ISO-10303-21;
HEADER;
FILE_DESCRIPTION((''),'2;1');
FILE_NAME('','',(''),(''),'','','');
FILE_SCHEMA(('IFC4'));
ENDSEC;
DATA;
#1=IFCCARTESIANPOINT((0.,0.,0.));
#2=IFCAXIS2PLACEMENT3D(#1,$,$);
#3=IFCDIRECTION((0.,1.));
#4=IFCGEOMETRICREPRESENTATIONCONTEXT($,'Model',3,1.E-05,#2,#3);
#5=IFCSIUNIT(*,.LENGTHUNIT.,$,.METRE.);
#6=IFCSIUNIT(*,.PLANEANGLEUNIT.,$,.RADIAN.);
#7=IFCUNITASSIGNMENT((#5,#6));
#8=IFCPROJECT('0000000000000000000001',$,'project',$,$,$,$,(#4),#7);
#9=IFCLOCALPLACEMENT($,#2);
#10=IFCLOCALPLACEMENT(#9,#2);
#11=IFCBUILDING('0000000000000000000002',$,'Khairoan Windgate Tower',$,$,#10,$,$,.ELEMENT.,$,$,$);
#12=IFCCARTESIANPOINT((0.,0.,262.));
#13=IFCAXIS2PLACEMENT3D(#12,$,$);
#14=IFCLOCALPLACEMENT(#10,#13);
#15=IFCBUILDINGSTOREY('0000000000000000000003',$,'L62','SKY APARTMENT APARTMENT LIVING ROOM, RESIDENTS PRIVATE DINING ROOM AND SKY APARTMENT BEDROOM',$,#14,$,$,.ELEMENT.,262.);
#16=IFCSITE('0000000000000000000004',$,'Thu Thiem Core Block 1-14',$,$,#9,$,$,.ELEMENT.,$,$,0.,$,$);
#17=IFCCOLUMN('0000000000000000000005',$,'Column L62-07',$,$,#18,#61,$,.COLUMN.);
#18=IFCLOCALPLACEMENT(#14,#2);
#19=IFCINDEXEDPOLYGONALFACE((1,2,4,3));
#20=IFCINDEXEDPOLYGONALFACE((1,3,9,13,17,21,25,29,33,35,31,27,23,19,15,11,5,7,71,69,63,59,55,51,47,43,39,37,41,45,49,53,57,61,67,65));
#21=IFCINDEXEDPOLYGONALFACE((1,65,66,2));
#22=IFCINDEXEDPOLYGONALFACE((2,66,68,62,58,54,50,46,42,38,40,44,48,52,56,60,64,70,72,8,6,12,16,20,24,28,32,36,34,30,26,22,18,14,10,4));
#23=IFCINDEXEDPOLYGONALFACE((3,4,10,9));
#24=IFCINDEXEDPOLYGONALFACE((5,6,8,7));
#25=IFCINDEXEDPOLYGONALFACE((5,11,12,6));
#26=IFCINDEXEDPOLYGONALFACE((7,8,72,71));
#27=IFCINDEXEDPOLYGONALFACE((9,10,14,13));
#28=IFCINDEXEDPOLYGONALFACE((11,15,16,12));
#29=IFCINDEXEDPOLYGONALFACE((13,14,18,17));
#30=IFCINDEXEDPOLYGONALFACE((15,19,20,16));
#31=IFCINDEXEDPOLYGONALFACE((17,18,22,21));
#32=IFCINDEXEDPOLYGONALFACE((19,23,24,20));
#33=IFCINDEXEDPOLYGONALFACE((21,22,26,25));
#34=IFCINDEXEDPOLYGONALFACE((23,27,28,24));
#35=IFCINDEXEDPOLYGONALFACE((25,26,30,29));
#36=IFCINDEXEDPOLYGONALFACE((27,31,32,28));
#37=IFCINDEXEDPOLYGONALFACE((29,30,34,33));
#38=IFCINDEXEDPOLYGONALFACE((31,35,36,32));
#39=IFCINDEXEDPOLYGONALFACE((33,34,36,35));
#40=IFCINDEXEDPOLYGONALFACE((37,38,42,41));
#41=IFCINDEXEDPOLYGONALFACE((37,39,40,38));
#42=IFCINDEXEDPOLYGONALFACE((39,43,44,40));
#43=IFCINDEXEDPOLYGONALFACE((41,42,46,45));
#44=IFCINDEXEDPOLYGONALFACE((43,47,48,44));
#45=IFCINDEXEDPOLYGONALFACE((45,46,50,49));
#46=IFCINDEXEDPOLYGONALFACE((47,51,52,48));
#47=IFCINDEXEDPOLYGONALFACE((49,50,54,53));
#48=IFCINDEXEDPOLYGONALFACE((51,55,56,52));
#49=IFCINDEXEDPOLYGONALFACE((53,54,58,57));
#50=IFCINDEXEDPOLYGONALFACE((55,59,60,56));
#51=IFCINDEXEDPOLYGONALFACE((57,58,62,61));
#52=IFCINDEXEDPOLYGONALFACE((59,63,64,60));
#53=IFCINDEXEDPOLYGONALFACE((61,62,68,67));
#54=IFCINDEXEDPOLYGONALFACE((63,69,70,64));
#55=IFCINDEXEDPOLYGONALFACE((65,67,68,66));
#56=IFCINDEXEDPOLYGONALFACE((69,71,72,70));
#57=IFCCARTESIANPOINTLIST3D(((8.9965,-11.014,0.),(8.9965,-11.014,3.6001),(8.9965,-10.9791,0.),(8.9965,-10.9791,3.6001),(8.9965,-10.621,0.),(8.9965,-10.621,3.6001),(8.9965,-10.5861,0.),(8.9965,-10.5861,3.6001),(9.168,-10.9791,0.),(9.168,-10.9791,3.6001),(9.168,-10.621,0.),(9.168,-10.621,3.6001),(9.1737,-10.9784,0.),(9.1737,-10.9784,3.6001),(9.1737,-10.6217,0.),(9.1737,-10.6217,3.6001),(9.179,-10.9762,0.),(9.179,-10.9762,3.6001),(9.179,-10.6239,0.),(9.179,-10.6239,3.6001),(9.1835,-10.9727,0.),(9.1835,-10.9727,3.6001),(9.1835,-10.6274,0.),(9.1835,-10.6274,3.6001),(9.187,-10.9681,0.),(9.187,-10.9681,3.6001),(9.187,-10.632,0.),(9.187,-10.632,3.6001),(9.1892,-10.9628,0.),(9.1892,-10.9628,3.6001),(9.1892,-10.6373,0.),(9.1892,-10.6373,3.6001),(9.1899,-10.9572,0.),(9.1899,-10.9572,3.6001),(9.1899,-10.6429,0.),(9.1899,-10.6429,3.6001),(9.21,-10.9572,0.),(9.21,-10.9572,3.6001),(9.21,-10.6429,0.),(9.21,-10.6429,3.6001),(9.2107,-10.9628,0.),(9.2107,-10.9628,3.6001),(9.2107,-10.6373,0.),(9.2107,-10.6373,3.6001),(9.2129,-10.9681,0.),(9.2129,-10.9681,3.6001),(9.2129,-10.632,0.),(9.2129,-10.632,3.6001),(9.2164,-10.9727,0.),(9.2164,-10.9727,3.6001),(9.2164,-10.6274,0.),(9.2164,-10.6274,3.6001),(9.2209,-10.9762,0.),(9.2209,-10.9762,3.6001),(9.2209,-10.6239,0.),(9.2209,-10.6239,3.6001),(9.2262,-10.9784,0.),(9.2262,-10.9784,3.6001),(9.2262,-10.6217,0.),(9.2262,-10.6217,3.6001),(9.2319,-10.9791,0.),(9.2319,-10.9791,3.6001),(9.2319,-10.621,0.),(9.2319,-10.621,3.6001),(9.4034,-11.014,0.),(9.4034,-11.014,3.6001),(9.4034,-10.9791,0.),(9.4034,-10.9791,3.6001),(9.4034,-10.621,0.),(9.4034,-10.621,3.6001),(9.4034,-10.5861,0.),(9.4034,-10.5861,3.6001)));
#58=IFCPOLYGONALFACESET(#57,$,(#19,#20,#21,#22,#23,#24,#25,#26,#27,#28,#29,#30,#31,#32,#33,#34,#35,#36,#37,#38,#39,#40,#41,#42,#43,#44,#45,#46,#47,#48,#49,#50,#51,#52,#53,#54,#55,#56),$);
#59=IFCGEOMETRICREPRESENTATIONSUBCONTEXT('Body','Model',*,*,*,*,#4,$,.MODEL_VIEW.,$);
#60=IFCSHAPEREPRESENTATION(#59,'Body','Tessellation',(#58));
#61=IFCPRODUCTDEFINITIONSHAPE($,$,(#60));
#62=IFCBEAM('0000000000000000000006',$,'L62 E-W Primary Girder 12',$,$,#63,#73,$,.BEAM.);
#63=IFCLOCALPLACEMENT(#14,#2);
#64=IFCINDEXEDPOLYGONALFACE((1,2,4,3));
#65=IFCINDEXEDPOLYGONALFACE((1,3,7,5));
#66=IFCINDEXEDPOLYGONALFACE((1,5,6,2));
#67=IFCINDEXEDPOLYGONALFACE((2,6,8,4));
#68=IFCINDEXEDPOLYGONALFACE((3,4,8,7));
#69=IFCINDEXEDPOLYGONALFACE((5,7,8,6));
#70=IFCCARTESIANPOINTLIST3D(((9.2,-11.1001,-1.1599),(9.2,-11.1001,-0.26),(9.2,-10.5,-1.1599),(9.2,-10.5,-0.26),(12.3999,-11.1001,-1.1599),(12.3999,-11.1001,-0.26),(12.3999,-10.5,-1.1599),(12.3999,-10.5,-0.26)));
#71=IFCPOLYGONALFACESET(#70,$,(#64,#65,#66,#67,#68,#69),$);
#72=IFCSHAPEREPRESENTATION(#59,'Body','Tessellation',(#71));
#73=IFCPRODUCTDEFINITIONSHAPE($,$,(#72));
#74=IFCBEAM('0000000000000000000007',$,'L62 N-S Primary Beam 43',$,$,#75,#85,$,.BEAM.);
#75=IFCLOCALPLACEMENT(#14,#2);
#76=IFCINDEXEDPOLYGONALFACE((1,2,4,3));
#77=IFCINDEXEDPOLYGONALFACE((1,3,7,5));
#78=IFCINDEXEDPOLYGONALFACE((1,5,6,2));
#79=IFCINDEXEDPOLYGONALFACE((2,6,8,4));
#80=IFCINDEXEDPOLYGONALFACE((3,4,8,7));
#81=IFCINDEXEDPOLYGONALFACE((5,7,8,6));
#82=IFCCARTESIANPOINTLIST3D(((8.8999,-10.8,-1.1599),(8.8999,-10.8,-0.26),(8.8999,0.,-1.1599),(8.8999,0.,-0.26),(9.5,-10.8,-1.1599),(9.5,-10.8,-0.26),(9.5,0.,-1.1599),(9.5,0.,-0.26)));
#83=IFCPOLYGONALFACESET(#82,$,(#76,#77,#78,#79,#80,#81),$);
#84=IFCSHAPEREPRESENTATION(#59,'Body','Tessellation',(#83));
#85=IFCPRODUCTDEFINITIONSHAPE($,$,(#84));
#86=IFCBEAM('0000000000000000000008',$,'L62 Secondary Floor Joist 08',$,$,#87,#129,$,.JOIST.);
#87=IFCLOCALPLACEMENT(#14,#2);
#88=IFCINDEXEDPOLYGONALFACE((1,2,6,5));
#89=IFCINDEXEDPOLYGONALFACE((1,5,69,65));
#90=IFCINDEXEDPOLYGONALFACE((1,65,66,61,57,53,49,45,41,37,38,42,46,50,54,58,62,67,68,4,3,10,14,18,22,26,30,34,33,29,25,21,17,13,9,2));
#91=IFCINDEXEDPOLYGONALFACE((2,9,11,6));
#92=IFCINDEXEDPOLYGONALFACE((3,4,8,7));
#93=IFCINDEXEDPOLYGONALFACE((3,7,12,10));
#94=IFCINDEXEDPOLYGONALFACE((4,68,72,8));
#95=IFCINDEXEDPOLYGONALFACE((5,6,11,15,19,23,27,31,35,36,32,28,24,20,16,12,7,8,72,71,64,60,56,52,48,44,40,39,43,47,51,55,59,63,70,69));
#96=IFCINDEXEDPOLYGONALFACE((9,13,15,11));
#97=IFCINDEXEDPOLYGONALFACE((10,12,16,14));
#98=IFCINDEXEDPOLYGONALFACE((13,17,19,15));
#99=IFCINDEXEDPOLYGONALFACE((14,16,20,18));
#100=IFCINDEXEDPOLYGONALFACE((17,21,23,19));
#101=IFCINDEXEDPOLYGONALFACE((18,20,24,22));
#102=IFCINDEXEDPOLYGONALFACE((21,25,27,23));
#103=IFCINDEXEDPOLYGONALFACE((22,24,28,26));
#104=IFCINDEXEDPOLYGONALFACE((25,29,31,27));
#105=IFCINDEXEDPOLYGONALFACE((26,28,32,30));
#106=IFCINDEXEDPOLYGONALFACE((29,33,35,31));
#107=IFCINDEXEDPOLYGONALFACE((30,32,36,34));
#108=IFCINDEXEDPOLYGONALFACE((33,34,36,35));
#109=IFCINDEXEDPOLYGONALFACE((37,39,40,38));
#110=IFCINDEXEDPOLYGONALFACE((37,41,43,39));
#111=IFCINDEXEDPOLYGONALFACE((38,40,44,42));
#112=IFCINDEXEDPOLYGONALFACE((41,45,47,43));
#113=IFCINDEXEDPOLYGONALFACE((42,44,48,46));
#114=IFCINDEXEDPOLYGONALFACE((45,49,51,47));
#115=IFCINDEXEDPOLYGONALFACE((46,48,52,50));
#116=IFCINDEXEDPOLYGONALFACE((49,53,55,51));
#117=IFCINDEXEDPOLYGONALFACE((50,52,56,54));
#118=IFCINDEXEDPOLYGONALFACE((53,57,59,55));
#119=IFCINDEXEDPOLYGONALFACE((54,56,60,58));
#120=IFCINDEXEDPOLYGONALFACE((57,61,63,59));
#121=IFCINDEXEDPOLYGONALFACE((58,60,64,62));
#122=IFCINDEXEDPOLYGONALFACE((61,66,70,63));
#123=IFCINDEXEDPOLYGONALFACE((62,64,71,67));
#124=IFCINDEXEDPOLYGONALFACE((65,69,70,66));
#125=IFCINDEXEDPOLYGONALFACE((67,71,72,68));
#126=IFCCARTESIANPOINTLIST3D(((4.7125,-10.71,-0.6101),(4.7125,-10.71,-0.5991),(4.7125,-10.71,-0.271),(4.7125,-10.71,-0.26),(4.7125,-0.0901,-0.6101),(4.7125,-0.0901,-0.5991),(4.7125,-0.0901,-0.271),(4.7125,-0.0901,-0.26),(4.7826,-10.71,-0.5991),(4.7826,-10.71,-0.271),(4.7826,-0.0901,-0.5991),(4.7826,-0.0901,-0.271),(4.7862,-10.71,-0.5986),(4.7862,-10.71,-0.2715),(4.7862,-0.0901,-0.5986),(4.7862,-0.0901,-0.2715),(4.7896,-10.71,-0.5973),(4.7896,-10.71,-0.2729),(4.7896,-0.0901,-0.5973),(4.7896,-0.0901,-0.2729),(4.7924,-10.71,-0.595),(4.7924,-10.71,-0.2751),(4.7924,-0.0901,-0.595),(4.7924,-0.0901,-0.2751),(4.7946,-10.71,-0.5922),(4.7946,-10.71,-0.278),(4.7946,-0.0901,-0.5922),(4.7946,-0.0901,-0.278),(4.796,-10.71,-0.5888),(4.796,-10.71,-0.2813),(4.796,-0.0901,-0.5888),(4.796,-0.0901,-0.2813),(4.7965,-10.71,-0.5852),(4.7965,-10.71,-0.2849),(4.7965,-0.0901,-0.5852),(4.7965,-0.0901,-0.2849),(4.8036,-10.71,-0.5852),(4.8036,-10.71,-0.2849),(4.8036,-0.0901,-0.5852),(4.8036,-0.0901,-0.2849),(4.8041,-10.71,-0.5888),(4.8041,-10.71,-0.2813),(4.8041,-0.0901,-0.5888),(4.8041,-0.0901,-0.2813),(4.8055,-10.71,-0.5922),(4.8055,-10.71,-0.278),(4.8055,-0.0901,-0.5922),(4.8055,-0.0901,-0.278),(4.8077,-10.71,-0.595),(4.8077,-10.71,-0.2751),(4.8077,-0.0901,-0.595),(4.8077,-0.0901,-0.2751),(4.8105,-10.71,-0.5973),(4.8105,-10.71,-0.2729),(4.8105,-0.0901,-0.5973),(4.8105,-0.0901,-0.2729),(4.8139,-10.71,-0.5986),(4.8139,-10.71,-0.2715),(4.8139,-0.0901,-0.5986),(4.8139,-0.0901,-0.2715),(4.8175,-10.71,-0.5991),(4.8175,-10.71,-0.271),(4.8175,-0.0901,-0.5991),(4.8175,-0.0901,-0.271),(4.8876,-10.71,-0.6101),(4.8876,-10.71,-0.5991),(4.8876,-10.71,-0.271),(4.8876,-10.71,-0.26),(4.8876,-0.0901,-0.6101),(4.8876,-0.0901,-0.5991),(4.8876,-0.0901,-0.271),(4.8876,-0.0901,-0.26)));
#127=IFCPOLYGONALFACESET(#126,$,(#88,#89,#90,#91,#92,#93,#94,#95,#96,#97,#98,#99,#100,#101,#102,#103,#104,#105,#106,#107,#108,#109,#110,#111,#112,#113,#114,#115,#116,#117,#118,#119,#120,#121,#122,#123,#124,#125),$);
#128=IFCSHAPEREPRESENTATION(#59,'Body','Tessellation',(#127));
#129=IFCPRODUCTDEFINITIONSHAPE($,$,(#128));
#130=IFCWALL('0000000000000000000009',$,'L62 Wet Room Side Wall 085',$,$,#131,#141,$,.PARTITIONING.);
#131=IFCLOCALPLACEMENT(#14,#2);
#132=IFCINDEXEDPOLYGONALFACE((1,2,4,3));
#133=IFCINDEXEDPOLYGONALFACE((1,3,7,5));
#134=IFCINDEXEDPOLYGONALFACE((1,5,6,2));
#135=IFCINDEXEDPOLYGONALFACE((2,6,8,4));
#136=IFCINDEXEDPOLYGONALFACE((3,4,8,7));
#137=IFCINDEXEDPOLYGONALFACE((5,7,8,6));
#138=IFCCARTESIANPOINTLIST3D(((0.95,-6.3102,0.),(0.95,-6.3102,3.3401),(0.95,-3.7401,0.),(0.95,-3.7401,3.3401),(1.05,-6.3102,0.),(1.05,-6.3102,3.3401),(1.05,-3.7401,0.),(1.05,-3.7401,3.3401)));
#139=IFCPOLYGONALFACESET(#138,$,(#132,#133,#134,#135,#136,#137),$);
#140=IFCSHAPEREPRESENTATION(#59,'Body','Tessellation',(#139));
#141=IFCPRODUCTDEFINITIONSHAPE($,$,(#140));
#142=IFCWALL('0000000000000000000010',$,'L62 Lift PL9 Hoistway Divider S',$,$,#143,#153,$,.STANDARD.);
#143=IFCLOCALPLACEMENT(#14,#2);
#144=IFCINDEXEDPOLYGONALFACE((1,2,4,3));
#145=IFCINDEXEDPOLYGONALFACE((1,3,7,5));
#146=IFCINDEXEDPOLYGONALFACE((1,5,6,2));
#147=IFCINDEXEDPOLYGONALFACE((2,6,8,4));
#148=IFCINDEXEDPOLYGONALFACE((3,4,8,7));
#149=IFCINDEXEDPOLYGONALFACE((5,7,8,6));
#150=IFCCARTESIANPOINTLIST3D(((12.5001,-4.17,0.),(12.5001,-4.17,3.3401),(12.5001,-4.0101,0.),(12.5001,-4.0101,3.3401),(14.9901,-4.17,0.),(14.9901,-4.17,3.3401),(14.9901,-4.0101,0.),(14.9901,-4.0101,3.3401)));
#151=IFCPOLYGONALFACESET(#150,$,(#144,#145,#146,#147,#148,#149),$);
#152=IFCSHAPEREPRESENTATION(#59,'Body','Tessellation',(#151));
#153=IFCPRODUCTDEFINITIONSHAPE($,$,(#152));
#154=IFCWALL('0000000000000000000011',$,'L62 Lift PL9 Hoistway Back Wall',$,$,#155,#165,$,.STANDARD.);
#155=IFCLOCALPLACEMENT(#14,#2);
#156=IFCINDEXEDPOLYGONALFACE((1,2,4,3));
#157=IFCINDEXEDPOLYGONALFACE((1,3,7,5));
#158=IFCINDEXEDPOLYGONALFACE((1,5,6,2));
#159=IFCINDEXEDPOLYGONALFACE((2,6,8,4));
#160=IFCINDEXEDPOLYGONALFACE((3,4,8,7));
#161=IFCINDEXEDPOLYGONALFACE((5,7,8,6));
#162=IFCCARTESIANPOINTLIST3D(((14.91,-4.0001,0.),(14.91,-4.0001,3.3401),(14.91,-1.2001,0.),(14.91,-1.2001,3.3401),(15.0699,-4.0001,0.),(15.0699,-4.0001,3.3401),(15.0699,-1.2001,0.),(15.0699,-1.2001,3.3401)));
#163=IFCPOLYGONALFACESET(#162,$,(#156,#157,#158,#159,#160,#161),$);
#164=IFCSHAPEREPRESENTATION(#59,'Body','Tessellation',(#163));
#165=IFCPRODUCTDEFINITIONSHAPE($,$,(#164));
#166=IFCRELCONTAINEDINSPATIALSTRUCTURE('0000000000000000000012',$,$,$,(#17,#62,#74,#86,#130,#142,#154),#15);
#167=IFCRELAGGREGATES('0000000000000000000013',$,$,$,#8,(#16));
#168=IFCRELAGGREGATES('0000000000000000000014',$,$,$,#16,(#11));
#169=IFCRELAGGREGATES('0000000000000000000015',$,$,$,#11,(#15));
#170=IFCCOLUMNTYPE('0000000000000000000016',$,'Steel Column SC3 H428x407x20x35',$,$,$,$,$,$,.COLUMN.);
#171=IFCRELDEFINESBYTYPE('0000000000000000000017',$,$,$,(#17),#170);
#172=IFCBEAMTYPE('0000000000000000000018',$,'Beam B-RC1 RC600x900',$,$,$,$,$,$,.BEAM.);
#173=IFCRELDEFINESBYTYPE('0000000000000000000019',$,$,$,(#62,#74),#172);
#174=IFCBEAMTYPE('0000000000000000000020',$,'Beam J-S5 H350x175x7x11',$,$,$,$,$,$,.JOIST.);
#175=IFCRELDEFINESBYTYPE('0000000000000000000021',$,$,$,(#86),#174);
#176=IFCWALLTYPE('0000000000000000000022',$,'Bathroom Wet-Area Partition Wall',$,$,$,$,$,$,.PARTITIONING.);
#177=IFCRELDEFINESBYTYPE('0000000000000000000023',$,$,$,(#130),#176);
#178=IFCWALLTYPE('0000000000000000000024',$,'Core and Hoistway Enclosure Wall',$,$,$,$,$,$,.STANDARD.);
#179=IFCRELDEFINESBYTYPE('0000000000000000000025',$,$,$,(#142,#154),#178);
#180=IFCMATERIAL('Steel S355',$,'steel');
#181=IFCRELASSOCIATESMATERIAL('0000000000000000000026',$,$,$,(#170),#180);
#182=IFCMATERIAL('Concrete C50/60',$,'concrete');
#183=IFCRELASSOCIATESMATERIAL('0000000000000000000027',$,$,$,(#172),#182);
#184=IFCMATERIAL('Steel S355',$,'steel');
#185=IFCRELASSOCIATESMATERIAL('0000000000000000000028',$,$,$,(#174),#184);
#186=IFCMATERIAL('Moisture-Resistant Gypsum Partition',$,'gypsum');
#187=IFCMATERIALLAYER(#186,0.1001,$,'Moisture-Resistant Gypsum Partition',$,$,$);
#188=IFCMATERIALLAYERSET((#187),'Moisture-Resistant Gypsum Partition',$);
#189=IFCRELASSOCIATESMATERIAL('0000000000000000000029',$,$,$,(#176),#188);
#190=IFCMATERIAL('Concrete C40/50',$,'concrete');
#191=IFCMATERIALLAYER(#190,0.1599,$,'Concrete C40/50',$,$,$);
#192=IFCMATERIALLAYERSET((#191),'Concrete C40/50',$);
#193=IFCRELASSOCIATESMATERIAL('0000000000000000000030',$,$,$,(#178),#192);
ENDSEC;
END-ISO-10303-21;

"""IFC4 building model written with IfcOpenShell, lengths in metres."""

from ifc_helpers import new_model, si_unit, direction, frame, frame_2d, origin, origin_2d, place, context, subcontext, project, spatial, rectangle, i_section, extrude, material, layer, layer_set, material_profile, profile_set, type_object, element, save


model = new_model("IFC4")

# Units and contexts
model_context = context("Model", 3, precision=1e-05, world=origin(), true_north=direction((0.0, 1.0)))
body_context = subcontext(model_context, "Body", "Model", "MODEL_VIEW")
ifc_project = project(units=[si_unit("LENGTHUNIT", "METRE"), si_unit("PLANEANGLEUNIT", "RADIAN")], contexts=[model_context])

# Site, building, storey
site_placement = place(None, origin())
site = spatial("IfcSite", under=ifc_project, at=site_placement, Name="Thu Thiem Core Block 1-14", CompositionType="ELEMENT", RefElevation=0.0)
building_placement = place(site_placement, origin())
building = spatial("IfcBuilding", under=site, at=building_placement, Name="Khairoan Windgate Tower", CompositionType="ELEMENT")
storey_placement = place(building_placement, frame((0.0, 0.0, 262.0)))
storey = spatial("IfcBuildingStorey", under=building, at=storey_placement, Name="L62", Description="SKY APARTMENT APARTMENT LIVING ROOM, RESIDENTS PRIVATE DINING ROOM AND SKY APARTMENT BEDROOM", CompositionType="ELEMENT", Elevation=262.0)

# Column
ifc_material_1 = material(Name="Steel S355", Category="steel")
ifc_material_profile_1 = material_profile(ifc_material_1, i_section(OverallWidth=0.407, OverallDepth=0.428, WebThickness=0.02, FlangeThickness=0.0349, FilletRadius=0.022, at=origin_2d()))
ifc_profile_set_1 = profile_set([ifc_material_profile_1], Name="Steel S355")
column_type = type_object("IfcColumnType", Name="Steel Column SC3 H428x407x20x35", PredefinedType="COLUMN", material=ifc_profile_set_1)
column_placement = place(storey_placement, frame((9.2, -10.8, 0.0), z_axis=(0.0, 0.0, 1.0), x_axis=(1.0, 0.0, 0.0)))
element("IfcColumn", 1, at=column_placement, inside=storey, type_object=column_type, Name="Column L62-07", PredefinedType="COLUMN", context=body_context, shape_type="SweptSolid", body=[
    extrude(i_section(OverallWidth=0.407, OverallDepth=0.428, WebThickness=0.02, FlangeThickness=0.0349, FilletRadius=0.022, at=origin_2d()), origin(), (0.0, 0.0, 1.0), 3.6001),
])

# Beams
ifc_material_2 = material(Name="Concrete C50/60", Category="concrete")
ifc_material_profile_2 = material_profile(ifc_material_2, rectangle(XDim=0.6001, YDim=0.8999, at=origin_2d()))
ifc_profile_set_2 = profile_set([ifc_material_profile_2], Name="Concrete C50/60")
beam_type_1 = type_object("IfcBeamType", Name="Beam B-RC1 RC600x900", PredefinedType="BEAM", material=ifc_profile_set_2)
beam_1_placement = place(storey_placement, frame((9.2, -10.8, -0.71), z_axis=(1.0, 0.0, 0.0), x_axis=(0.0, 1.0, 0.0)))
element("IfcBeam", 2, at=beam_1_placement, inside=storey, type_object=beam_type_1, Name="L62 E-W Primary Girder 12", PredefinedType="BEAM", context=body_context, shape_type="SweptSolid", body=[
    extrude(rectangle(XDim=0.6001, YDim=0.8999, at=origin_2d()), origin(), (0.0, 0.0, 1.0), 3.2),
])
beam_2_placement = place(storey_placement, frame((9.2, -10.8, -0.71), z_axis=(0.0, 1.0, 0.0), x_axis=(-1.0, 0.0, 0.0)))
element("IfcBeam", 3, at=beam_2_placement, inside=storey, type_object=beam_type_1, Name="L62 N-S Primary Beam 43", PredefinedType="BEAM", context=body_context, shape_type="SweptSolid", body=[
    extrude(rectangle(XDim=0.6001, YDim=0.8999, at=origin_2d()), origin(), (0.0, 0.0, 1.0), 10.8),
])
ifc_material_3 = material(Name="Steel S355", Category="steel")
ifc_material_profile_3 = material_profile(ifc_material_3, i_section(OverallWidth=0.175, OverallDepth=0.3501, WebThickness=0.0071, FlangeThickness=0.011, FilletRadius=0.0139, at=origin_2d()))
ifc_profile_set_3 = profile_set([ifc_material_profile_3], Name="Steel S355")
beam_type_2 = type_object("IfcBeamType", Name="Beam J-S5 H350x175x7x11", PredefinedType="JOIST", material=ifc_profile_set_3)
beam_3_placement = place(storey_placement, frame((4.8, -10.71, -0.4351), z_axis=(0.0, 1.0, 0.0), x_axis=(-1.0, 0.0, 0.0)))
element("IfcBeam", 4, at=beam_3_placement, inside=storey, type_object=beam_type_2, Name="L62 Secondary Floor Joist 08", PredefinedType="JOIST", context=body_context, shape_type="SweptSolid", body=[
    extrude(i_section(OverallWidth=0.175, OverallDepth=0.3501, WebThickness=0.0071, FlangeThickness=0.011, FilletRadius=0.0139, at=origin_2d()), origin(), (0.0, 0.0, 1.0), 10.6199),
])

# Walls
ifc_material_4 = material(Name="Moisture-Resistant Gypsum Partition", Category="gypsum")
ifc_layer_1 = layer(ifc_material_4, 0.1001, Name="Moisture-Resistant Gypsum Partition")
ifc_layer_set_1 = layer_set([ifc_layer_1], Name="Moisture-Resistant Gypsum Partition")
wall_type_1 = type_object("IfcWallType", Name="Bathroom Wet-Area Partition Wall", PredefinedType="PARTITIONING", material=ifc_layer_set_1)
wall_1_placement = place(storey_placement, frame((1.0, -3.74, 0.0), z_axis=(0.0, 0.0, 1.0), x_axis=(0.0, -1.0, 0.0)))
element("IfcWall", 5, at=wall_1_placement, inside=storey, type_object=wall_type_1, Name="L62 Wet Room Side Wall 085", PredefinedType="PARTITIONING", context=body_context, shape_type="SweptSolid", body=[
    extrude(rectangle(XDim=2.5701, YDim=0.1001, at=frame_2d((1.2852, 0.0))), origin(), (0.0, 0.0, 1.0), 3.3401),
])
ifc_material_5 = material(Name="Concrete C40/50", Category="concrete")
ifc_layer_2 = layer(ifc_material_5, 0.1599, Name="Concrete C40/50")
ifc_layer_set_2 = layer_set([ifc_layer_2], Name="Concrete C40/50")
wall_type_2 = type_object("IfcWallType", Name="Core and Hoistway Enclosure Wall", PredefinedType="STANDARD", material=ifc_layer_set_2)
wall_2_placement = place(storey_placement, frame((12.5, -4.0901, 0.0), z_axis=(0.0, 0.0, 1.0), x_axis=(1.0, 0.0, 0.0)))
element("IfcWall", 6, at=wall_2_placement, inside=storey, type_object=wall_type_2, Name="L62 Lift PL9 Hoistway Divider S", PredefinedType="STANDARD", context=body_context, shape_type="SweptSolid", body=[
    extrude(rectangle(XDim=2.49, YDim=0.1599, at=frame_2d((1.2451, 0.0))), origin(), (0.0, 0.0, 1.0), 3.3401),
])
wall_3_placement = place(storey_placement, frame((14.99, -4.0, 0.0), z_axis=(0.0, 0.0, 1.0), x_axis=(0.0, 1.0, 0.0)))
element("IfcWall", 7, at=wall_3_placement, inside=storey, type_object=wall_type_2, Name="L62 Lift PL9 Hoistway Back Wall", PredefinedType="STANDARD", context=body_context, shape_type="SweptSolid", body=[
    extrude(rectangle(XDim=2.8, YDim=0.1599, at=frame_2d((1.3999, 0.0))), origin(), (0.0, 0.0, 1.0), 3.3401),
])

save(model, "model.ifc")
